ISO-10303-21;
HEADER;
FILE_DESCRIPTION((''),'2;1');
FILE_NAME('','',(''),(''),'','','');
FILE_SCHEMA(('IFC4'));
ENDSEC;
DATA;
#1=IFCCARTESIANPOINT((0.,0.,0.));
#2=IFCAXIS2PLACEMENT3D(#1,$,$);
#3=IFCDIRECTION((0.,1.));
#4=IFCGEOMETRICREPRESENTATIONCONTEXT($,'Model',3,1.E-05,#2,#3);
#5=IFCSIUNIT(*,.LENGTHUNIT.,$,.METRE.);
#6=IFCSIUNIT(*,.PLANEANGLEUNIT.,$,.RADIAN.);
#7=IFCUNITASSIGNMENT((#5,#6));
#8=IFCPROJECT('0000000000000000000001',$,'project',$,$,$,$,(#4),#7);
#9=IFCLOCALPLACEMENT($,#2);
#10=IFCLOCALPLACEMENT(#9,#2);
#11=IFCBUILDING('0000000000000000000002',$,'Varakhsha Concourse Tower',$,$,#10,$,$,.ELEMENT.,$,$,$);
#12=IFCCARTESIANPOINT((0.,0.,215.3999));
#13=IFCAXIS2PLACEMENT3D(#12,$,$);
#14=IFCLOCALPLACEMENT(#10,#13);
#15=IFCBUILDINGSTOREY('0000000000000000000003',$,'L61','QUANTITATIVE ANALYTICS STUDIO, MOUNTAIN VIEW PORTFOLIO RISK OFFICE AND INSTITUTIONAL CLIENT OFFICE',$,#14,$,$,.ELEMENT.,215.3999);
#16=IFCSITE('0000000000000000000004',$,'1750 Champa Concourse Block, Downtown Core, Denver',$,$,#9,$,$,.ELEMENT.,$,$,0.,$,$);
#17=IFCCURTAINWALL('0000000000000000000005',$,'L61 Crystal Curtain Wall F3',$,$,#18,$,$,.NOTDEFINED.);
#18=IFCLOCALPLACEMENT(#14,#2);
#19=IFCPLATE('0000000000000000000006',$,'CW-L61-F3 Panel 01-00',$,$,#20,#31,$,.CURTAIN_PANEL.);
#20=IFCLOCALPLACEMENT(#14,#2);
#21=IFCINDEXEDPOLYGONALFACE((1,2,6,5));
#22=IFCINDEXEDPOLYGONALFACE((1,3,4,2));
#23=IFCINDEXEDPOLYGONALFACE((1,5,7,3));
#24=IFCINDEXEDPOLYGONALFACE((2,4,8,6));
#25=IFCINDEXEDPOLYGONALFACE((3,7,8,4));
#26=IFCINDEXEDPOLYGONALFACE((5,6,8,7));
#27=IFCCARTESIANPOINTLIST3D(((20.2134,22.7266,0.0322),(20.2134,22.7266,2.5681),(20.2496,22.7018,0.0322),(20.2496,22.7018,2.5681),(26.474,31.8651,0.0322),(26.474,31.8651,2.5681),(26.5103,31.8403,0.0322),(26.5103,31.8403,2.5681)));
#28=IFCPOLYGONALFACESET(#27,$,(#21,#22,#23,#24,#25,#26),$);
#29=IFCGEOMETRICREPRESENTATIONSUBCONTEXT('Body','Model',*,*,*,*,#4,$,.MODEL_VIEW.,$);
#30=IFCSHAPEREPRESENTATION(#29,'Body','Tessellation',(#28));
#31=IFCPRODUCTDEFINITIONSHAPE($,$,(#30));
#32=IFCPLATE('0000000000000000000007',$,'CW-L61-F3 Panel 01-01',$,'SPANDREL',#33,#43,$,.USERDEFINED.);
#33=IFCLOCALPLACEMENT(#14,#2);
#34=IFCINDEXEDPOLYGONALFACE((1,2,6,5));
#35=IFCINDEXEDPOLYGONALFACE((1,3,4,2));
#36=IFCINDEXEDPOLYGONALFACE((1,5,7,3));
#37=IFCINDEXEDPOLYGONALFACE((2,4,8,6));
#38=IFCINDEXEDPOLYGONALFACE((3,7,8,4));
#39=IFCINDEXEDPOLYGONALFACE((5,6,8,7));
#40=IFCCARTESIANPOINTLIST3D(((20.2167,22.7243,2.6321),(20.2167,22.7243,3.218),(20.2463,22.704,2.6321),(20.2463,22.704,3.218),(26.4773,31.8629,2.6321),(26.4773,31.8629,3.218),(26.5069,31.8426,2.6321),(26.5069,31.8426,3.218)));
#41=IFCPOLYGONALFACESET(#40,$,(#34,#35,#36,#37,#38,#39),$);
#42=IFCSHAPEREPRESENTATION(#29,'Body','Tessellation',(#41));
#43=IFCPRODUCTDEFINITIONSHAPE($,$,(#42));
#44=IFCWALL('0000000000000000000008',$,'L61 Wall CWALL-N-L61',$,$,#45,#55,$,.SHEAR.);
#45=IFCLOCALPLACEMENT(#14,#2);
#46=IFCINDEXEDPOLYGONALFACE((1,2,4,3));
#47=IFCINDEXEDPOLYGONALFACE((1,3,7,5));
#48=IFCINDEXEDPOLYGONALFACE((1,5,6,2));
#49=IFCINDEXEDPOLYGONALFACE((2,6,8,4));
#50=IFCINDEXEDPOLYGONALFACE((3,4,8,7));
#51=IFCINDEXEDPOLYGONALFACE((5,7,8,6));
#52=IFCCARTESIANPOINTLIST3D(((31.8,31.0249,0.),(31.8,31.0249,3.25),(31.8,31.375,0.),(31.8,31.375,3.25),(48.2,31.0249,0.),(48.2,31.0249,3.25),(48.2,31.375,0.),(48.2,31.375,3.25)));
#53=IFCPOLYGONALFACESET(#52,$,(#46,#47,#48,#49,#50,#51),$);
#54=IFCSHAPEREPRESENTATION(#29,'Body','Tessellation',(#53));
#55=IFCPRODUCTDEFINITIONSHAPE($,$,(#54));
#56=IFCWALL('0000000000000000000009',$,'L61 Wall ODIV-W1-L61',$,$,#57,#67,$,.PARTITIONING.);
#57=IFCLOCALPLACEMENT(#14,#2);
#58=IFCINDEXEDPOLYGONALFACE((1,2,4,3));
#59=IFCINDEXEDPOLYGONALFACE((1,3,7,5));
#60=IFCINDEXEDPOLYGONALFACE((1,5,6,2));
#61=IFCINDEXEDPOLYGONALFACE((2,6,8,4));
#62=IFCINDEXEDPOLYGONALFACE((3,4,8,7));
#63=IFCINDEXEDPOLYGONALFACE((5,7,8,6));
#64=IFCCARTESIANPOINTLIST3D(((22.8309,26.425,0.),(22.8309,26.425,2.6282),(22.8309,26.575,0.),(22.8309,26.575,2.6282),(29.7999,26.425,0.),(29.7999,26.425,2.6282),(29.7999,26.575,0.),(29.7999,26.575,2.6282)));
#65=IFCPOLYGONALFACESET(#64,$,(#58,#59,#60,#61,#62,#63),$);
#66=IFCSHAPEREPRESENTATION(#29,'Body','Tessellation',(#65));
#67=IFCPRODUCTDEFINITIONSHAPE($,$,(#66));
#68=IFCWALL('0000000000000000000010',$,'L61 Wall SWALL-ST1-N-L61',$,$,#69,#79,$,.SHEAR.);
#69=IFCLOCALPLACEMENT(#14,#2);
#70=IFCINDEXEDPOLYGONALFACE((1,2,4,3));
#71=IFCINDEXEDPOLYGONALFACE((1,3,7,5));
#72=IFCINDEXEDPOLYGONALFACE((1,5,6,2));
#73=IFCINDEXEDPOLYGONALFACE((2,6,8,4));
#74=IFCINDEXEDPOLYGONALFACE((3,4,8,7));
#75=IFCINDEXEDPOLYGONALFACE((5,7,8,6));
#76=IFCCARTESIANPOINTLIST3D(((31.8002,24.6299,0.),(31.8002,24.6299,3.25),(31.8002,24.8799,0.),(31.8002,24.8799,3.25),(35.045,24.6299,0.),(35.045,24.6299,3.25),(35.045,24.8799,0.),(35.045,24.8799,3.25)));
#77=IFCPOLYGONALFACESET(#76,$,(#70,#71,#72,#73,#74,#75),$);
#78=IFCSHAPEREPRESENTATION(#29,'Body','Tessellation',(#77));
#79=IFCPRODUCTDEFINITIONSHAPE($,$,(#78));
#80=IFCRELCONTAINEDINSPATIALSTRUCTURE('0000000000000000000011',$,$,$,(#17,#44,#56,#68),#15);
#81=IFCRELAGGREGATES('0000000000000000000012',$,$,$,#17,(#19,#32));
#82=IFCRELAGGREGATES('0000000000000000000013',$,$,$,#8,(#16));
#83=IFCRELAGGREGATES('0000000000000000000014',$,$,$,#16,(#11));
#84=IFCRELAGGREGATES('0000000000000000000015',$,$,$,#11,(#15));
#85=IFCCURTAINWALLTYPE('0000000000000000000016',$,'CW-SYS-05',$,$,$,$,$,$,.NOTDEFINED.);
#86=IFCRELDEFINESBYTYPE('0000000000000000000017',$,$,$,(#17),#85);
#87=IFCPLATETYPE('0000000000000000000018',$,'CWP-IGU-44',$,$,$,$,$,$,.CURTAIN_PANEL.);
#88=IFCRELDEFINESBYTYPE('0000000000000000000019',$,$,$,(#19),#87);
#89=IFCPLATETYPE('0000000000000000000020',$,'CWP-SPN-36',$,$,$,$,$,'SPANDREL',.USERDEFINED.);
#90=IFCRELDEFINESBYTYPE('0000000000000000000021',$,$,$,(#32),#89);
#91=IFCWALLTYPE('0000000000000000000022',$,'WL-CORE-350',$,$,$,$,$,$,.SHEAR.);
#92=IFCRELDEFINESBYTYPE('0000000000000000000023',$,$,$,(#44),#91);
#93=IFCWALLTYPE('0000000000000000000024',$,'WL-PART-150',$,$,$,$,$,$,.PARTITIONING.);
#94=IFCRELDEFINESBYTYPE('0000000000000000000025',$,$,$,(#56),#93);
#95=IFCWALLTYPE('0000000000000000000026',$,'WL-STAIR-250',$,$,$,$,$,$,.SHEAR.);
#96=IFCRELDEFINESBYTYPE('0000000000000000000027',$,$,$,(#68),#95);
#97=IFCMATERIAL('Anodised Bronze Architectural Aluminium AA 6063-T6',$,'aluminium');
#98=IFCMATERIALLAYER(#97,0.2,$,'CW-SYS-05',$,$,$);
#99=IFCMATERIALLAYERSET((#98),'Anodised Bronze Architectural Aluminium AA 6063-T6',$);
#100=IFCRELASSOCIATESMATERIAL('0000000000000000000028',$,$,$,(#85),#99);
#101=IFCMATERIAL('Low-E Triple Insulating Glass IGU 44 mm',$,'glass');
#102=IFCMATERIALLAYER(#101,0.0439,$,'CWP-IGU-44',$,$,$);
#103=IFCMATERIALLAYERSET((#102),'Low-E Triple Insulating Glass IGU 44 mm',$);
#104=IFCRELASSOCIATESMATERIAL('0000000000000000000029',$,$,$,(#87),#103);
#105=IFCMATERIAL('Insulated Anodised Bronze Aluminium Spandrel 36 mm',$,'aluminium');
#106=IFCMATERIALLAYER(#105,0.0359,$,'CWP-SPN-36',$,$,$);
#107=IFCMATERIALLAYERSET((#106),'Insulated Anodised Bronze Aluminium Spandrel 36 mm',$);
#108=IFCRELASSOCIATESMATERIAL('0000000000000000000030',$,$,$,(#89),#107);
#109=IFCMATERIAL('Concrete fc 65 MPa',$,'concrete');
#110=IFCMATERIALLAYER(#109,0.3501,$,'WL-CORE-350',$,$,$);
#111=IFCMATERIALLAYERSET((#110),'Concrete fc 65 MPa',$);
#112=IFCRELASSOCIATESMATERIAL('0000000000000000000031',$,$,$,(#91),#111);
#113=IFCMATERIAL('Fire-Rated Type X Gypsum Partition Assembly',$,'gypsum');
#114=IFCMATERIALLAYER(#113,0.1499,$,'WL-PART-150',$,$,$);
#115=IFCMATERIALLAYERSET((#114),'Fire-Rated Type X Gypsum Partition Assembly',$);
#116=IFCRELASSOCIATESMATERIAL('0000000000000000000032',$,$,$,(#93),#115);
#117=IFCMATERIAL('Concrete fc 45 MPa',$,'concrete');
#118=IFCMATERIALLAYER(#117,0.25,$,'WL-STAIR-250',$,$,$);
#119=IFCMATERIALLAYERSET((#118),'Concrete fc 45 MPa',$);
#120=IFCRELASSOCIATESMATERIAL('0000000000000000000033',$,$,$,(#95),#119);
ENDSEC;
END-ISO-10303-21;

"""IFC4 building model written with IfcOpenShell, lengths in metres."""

from ifc_helpers import new_model, si_unit, direction, frame, frame_2d, origin, origin_2d, place, context, subcontext, project, spatial, rectangle, extrude, source, transform, mapped, material, layer, layer_set, type_object, type_shapes, element, aggregate, save


model = new_model("IFC4")

# Units and contexts
model_context = context("Model", 3, precision=1e-05, world=origin(), true_north=direction((0.0, 1.0)))
body_context = subcontext(model_context, "Body", "Model", "MODEL_VIEW")
ifc_project = project(units=[si_unit("LENGTHUNIT", "METRE"), si_unit("PLANEANGLEUNIT", "RADIAN")], contexts=[model_context])

# Site, building, storey
site_placement = place(None, origin())
site = spatial("IfcSite", under=ifc_project, at=site_placement, Name="1750 Champa Concourse Block, Downtown Core, Denver", CompositionType="ELEMENT", RefElevation=0.0)
building_placement = place(site_placement, origin())
building = spatial("IfcBuilding", under=site, at=building_placement, Name="Varakhsha Concourse Tower", CompositionType="ELEMENT")
storey_placement = place(building_placement, frame((0.0, 0.0, 215.3999)))
storey = spatial("IfcBuildingStorey", under=building, at=storey_placement, Name="L61", Description="QUANTITATIVE ANALYTICS STUDIO, MOUNTAIN VIEW PORTFOLIO RISK OFFICE AND INSTITUTIONAL CLIENT OFFICE", CompositionType="ELEMENT", Elevation=215.3999)

# Curtain wall, plates
ifc_material_1 = material(Name="Anodised Bronze Architectural Aluminium AA 6063-T6", Category="aluminium")
ifc_layer_1 = layer(ifc_material_1, 0.2, Name="CW-SYS-05")
ifc_layer_set_1 = layer_set([ifc_layer_1], Name="Anodised Bronze Architectural Aluminium AA 6063-T6")
curtain_wall_type = type_object("IfcCurtainWallType", Name="CW-SYS-05", PredefinedType="NOTDEFINED", material=ifc_layer_set_1)
curtain_wall_placement = place(storey_placement, origin())
curtain_wall = element("IfcCurtainWall", 1, at=curtain_wall_placement, inside=storey, type_object=curtain_wall_type, Name="L61 Crystal Curtain Wall F3", PredefinedType="NOTDEFINED")
ifc_material_2 = material(Name="Low-E Triple Insulating Glass IGU 44 mm", Category="glass")
ifc_layer_2 = layer(ifc_material_2, 0.0439, Name="CWP-IGU-44")
ifc_layer_set_2 = layer_set([ifc_layer_2], Name="Low-E Triple Insulating Glass IGU 44 mm")
plate_type_1 = type_object("IfcPlateType", Name="CWP-IGU-44", PredefinedType="CURTAIN_PANEL", material=ifc_layer_set_2)
shared_shape_1 = source(origin(), body_context, "Body", "SweptSolid", [
    extrude(rectangle(XDim=11.0774, YDim=0.0439, at=origin_2d()), origin(), (0.0, 0.0, 1.0), 2.5359),
])
type_shapes(plate_type_1, [shared_shape_1])
plate_1_placement = place(storey_placement, frame((23.3618, 27.2834, 0.0322), z_axis=(0.0, 0.0, 1.0), x_axis=(0.565173, 0.824972, 0.0)))
plate_1 = element("IfcPlate", 2, at=plate_1_placement, type_object=plate_type_1, Name="CW-L61-F3 Panel 01-00", PredefinedType="CURTAIN_PANEL", context=body_context, shape_type="MappedRepresentation", body=[
    mapped(shared_shape_1, transform((0.0, 0.0, 0.0), scale=1.0)),
])
ifc_material_3 = material(Name="Insulated Anodised Bronze Aluminium Spandrel 36 mm", Category="aluminium")
ifc_layer_3 = layer(ifc_material_3, 0.0359, Name="CWP-SPN-36")
ifc_layer_set_3 = layer_set([ifc_layer_3], Name="Insulated Anodised Bronze Aluminium Spandrel 36 mm")
plate_type_2 = type_object("IfcPlateType", Name="CWP-SPN-36", ElementType="SPANDREL", PredefinedType="USERDEFINED", material=ifc_layer_set_3)
shared_shape_2 = source(origin(), body_context, "Body", "SweptSolid", [
    extrude(rectangle(XDim=11.0774, YDim=0.0359, at=origin_2d()), origin(), (0.0, 0.0, 1.0), 0.5859),
])
type_shapes(plate_type_2, [shared_shape_2])
plate_2_placement = place(storey_placement, frame((23.3618, 27.2834, 2.6321), z_axis=(0.0, 0.0, 1.0), x_axis=(0.565173, 0.824972, 0.0)))
plate_2 = element("IfcPlate", 3, at=plate_2_placement, type_object=plate_type_2, Name="CW-L61-F3 Panel 01-01", ObjectType="SPANDREL", PredefinedType="USERDEFINED", context=body_context, shape_type="MappedRepresentation", body=[
    mapped(shared_shape_2, transform((0.0, 0.0, 0.0), scale=1.0)),
])
aggregate(curtain_wall, [plate_1, plate_2])

# Walls
ifc_material_4 = material(Name="Concrete fc 65 MPa", Category="concrete")
ifc_layer_4 = layer(ifc_material_4, 0.3501, Name="WL-CORE-350")
ifc_layer_set_4 = layer_set([ifc_layer_4], Name="Concrete fc 65 MPa")
wall_type_1 = type_object("IfcWallType", Name="WL-CORE-350", PredefinedType="SHEAR", material=ifc_layer_set_4)
wall_1_placement = place(storey_placement, frame((31.8, 31.2, 0.0), z_axis=(0.0, 0.0, 1.0), x_axis=(1.0, 0.0, 0.0)))
element("IfcWall", 4, at=wall_1_placement, inside=storey, type_object=wall_type_1, Name="L61 Wall CWALL-N-L61", PredefinedType="SHEAR", context=body_context, shape_type="SweptSolid", body=[
    extrude(rectangle(XDim=16.3999, YDim=0.3501, at=frame_2d((8.2, 0.0))), origin(), (0.0, 0.0, 1.0), 3.25),
])
ifc_material_5 = material(Name="Fire-Rated Type X Gypsum Partition Assembly", Category="gypsum")
ifc_layer_5 = layer(ifc_material_5, 0.1499, Name="WL-PART-150")
ifc_layer_set_5 = layer_set([ifc_layer_5], Name="Fire-Rated Type X Gypsum Partition Assembly")
wall_type_2 = type_object("IfcWallType", Name="WL-PART-150", PredefinedType="PARTITIONING", material=ifc_layer_set_5)
wall_2_placement = place(storey_placement, frame((22.8311, 26.5, 0.0), z_axis=(0.0, 0.0, 1.0), x_axis=(1.0, 0.0, 0.0)))
element("IfcWall", 5, at=wall_2_placement, inside=storey, type_object=wall_type_2, Name="L61 Wall ODIV-W1-L61", PredefinedType="PARTITIONING", context=body_context, shape_type="SweptSolid", body=[
    extrude(rectangle(XDim=6.969, YDim=0.1499, at=frame_2d((3.4844, 0.0))), origin(), (0.0, 0.0, 1.0), 2.6282),
])

# Wall
ifc_material_6 = material(Name="Concrete fc 45 MPa", Category="concrete")
ifc_layer_6 = layer(ifc_material_6, 0.25, Name="WL-STAIR-250")
ifc_layer_set_6 = layer_set([ifc_layer_6], Name="Concrete fc 45 MPa")
wall_type_3 = type_object("IfcWallType", Name="WL-STAIR-250", PredefinedType="SHEAR", material=ifc_layer_set_6)
wall_3_placement = place(storey_placement, frame((31.8, 24.7549, 0.0), z_axis=(0.0, 0.0, 1.0), x_axis=(1.0, 0.0, 0.0)))
element("IfcWall", 6, at=wall_3_placement, inside=storey, type_object=wall_type_3, Name="L61 Wall SWALL-ST1-N-L61", PredefinedType="SHEAR", context=body_context, shape_type="SweptSolid", body=[
    extrude(rectangle(XDim=3.2449, YDim=0.25, at=frame_2d((1.6226, 0.0))), origin(), (0.0, 0.0, 1.0), 3.25),
])

save(model, "model.ifc")
